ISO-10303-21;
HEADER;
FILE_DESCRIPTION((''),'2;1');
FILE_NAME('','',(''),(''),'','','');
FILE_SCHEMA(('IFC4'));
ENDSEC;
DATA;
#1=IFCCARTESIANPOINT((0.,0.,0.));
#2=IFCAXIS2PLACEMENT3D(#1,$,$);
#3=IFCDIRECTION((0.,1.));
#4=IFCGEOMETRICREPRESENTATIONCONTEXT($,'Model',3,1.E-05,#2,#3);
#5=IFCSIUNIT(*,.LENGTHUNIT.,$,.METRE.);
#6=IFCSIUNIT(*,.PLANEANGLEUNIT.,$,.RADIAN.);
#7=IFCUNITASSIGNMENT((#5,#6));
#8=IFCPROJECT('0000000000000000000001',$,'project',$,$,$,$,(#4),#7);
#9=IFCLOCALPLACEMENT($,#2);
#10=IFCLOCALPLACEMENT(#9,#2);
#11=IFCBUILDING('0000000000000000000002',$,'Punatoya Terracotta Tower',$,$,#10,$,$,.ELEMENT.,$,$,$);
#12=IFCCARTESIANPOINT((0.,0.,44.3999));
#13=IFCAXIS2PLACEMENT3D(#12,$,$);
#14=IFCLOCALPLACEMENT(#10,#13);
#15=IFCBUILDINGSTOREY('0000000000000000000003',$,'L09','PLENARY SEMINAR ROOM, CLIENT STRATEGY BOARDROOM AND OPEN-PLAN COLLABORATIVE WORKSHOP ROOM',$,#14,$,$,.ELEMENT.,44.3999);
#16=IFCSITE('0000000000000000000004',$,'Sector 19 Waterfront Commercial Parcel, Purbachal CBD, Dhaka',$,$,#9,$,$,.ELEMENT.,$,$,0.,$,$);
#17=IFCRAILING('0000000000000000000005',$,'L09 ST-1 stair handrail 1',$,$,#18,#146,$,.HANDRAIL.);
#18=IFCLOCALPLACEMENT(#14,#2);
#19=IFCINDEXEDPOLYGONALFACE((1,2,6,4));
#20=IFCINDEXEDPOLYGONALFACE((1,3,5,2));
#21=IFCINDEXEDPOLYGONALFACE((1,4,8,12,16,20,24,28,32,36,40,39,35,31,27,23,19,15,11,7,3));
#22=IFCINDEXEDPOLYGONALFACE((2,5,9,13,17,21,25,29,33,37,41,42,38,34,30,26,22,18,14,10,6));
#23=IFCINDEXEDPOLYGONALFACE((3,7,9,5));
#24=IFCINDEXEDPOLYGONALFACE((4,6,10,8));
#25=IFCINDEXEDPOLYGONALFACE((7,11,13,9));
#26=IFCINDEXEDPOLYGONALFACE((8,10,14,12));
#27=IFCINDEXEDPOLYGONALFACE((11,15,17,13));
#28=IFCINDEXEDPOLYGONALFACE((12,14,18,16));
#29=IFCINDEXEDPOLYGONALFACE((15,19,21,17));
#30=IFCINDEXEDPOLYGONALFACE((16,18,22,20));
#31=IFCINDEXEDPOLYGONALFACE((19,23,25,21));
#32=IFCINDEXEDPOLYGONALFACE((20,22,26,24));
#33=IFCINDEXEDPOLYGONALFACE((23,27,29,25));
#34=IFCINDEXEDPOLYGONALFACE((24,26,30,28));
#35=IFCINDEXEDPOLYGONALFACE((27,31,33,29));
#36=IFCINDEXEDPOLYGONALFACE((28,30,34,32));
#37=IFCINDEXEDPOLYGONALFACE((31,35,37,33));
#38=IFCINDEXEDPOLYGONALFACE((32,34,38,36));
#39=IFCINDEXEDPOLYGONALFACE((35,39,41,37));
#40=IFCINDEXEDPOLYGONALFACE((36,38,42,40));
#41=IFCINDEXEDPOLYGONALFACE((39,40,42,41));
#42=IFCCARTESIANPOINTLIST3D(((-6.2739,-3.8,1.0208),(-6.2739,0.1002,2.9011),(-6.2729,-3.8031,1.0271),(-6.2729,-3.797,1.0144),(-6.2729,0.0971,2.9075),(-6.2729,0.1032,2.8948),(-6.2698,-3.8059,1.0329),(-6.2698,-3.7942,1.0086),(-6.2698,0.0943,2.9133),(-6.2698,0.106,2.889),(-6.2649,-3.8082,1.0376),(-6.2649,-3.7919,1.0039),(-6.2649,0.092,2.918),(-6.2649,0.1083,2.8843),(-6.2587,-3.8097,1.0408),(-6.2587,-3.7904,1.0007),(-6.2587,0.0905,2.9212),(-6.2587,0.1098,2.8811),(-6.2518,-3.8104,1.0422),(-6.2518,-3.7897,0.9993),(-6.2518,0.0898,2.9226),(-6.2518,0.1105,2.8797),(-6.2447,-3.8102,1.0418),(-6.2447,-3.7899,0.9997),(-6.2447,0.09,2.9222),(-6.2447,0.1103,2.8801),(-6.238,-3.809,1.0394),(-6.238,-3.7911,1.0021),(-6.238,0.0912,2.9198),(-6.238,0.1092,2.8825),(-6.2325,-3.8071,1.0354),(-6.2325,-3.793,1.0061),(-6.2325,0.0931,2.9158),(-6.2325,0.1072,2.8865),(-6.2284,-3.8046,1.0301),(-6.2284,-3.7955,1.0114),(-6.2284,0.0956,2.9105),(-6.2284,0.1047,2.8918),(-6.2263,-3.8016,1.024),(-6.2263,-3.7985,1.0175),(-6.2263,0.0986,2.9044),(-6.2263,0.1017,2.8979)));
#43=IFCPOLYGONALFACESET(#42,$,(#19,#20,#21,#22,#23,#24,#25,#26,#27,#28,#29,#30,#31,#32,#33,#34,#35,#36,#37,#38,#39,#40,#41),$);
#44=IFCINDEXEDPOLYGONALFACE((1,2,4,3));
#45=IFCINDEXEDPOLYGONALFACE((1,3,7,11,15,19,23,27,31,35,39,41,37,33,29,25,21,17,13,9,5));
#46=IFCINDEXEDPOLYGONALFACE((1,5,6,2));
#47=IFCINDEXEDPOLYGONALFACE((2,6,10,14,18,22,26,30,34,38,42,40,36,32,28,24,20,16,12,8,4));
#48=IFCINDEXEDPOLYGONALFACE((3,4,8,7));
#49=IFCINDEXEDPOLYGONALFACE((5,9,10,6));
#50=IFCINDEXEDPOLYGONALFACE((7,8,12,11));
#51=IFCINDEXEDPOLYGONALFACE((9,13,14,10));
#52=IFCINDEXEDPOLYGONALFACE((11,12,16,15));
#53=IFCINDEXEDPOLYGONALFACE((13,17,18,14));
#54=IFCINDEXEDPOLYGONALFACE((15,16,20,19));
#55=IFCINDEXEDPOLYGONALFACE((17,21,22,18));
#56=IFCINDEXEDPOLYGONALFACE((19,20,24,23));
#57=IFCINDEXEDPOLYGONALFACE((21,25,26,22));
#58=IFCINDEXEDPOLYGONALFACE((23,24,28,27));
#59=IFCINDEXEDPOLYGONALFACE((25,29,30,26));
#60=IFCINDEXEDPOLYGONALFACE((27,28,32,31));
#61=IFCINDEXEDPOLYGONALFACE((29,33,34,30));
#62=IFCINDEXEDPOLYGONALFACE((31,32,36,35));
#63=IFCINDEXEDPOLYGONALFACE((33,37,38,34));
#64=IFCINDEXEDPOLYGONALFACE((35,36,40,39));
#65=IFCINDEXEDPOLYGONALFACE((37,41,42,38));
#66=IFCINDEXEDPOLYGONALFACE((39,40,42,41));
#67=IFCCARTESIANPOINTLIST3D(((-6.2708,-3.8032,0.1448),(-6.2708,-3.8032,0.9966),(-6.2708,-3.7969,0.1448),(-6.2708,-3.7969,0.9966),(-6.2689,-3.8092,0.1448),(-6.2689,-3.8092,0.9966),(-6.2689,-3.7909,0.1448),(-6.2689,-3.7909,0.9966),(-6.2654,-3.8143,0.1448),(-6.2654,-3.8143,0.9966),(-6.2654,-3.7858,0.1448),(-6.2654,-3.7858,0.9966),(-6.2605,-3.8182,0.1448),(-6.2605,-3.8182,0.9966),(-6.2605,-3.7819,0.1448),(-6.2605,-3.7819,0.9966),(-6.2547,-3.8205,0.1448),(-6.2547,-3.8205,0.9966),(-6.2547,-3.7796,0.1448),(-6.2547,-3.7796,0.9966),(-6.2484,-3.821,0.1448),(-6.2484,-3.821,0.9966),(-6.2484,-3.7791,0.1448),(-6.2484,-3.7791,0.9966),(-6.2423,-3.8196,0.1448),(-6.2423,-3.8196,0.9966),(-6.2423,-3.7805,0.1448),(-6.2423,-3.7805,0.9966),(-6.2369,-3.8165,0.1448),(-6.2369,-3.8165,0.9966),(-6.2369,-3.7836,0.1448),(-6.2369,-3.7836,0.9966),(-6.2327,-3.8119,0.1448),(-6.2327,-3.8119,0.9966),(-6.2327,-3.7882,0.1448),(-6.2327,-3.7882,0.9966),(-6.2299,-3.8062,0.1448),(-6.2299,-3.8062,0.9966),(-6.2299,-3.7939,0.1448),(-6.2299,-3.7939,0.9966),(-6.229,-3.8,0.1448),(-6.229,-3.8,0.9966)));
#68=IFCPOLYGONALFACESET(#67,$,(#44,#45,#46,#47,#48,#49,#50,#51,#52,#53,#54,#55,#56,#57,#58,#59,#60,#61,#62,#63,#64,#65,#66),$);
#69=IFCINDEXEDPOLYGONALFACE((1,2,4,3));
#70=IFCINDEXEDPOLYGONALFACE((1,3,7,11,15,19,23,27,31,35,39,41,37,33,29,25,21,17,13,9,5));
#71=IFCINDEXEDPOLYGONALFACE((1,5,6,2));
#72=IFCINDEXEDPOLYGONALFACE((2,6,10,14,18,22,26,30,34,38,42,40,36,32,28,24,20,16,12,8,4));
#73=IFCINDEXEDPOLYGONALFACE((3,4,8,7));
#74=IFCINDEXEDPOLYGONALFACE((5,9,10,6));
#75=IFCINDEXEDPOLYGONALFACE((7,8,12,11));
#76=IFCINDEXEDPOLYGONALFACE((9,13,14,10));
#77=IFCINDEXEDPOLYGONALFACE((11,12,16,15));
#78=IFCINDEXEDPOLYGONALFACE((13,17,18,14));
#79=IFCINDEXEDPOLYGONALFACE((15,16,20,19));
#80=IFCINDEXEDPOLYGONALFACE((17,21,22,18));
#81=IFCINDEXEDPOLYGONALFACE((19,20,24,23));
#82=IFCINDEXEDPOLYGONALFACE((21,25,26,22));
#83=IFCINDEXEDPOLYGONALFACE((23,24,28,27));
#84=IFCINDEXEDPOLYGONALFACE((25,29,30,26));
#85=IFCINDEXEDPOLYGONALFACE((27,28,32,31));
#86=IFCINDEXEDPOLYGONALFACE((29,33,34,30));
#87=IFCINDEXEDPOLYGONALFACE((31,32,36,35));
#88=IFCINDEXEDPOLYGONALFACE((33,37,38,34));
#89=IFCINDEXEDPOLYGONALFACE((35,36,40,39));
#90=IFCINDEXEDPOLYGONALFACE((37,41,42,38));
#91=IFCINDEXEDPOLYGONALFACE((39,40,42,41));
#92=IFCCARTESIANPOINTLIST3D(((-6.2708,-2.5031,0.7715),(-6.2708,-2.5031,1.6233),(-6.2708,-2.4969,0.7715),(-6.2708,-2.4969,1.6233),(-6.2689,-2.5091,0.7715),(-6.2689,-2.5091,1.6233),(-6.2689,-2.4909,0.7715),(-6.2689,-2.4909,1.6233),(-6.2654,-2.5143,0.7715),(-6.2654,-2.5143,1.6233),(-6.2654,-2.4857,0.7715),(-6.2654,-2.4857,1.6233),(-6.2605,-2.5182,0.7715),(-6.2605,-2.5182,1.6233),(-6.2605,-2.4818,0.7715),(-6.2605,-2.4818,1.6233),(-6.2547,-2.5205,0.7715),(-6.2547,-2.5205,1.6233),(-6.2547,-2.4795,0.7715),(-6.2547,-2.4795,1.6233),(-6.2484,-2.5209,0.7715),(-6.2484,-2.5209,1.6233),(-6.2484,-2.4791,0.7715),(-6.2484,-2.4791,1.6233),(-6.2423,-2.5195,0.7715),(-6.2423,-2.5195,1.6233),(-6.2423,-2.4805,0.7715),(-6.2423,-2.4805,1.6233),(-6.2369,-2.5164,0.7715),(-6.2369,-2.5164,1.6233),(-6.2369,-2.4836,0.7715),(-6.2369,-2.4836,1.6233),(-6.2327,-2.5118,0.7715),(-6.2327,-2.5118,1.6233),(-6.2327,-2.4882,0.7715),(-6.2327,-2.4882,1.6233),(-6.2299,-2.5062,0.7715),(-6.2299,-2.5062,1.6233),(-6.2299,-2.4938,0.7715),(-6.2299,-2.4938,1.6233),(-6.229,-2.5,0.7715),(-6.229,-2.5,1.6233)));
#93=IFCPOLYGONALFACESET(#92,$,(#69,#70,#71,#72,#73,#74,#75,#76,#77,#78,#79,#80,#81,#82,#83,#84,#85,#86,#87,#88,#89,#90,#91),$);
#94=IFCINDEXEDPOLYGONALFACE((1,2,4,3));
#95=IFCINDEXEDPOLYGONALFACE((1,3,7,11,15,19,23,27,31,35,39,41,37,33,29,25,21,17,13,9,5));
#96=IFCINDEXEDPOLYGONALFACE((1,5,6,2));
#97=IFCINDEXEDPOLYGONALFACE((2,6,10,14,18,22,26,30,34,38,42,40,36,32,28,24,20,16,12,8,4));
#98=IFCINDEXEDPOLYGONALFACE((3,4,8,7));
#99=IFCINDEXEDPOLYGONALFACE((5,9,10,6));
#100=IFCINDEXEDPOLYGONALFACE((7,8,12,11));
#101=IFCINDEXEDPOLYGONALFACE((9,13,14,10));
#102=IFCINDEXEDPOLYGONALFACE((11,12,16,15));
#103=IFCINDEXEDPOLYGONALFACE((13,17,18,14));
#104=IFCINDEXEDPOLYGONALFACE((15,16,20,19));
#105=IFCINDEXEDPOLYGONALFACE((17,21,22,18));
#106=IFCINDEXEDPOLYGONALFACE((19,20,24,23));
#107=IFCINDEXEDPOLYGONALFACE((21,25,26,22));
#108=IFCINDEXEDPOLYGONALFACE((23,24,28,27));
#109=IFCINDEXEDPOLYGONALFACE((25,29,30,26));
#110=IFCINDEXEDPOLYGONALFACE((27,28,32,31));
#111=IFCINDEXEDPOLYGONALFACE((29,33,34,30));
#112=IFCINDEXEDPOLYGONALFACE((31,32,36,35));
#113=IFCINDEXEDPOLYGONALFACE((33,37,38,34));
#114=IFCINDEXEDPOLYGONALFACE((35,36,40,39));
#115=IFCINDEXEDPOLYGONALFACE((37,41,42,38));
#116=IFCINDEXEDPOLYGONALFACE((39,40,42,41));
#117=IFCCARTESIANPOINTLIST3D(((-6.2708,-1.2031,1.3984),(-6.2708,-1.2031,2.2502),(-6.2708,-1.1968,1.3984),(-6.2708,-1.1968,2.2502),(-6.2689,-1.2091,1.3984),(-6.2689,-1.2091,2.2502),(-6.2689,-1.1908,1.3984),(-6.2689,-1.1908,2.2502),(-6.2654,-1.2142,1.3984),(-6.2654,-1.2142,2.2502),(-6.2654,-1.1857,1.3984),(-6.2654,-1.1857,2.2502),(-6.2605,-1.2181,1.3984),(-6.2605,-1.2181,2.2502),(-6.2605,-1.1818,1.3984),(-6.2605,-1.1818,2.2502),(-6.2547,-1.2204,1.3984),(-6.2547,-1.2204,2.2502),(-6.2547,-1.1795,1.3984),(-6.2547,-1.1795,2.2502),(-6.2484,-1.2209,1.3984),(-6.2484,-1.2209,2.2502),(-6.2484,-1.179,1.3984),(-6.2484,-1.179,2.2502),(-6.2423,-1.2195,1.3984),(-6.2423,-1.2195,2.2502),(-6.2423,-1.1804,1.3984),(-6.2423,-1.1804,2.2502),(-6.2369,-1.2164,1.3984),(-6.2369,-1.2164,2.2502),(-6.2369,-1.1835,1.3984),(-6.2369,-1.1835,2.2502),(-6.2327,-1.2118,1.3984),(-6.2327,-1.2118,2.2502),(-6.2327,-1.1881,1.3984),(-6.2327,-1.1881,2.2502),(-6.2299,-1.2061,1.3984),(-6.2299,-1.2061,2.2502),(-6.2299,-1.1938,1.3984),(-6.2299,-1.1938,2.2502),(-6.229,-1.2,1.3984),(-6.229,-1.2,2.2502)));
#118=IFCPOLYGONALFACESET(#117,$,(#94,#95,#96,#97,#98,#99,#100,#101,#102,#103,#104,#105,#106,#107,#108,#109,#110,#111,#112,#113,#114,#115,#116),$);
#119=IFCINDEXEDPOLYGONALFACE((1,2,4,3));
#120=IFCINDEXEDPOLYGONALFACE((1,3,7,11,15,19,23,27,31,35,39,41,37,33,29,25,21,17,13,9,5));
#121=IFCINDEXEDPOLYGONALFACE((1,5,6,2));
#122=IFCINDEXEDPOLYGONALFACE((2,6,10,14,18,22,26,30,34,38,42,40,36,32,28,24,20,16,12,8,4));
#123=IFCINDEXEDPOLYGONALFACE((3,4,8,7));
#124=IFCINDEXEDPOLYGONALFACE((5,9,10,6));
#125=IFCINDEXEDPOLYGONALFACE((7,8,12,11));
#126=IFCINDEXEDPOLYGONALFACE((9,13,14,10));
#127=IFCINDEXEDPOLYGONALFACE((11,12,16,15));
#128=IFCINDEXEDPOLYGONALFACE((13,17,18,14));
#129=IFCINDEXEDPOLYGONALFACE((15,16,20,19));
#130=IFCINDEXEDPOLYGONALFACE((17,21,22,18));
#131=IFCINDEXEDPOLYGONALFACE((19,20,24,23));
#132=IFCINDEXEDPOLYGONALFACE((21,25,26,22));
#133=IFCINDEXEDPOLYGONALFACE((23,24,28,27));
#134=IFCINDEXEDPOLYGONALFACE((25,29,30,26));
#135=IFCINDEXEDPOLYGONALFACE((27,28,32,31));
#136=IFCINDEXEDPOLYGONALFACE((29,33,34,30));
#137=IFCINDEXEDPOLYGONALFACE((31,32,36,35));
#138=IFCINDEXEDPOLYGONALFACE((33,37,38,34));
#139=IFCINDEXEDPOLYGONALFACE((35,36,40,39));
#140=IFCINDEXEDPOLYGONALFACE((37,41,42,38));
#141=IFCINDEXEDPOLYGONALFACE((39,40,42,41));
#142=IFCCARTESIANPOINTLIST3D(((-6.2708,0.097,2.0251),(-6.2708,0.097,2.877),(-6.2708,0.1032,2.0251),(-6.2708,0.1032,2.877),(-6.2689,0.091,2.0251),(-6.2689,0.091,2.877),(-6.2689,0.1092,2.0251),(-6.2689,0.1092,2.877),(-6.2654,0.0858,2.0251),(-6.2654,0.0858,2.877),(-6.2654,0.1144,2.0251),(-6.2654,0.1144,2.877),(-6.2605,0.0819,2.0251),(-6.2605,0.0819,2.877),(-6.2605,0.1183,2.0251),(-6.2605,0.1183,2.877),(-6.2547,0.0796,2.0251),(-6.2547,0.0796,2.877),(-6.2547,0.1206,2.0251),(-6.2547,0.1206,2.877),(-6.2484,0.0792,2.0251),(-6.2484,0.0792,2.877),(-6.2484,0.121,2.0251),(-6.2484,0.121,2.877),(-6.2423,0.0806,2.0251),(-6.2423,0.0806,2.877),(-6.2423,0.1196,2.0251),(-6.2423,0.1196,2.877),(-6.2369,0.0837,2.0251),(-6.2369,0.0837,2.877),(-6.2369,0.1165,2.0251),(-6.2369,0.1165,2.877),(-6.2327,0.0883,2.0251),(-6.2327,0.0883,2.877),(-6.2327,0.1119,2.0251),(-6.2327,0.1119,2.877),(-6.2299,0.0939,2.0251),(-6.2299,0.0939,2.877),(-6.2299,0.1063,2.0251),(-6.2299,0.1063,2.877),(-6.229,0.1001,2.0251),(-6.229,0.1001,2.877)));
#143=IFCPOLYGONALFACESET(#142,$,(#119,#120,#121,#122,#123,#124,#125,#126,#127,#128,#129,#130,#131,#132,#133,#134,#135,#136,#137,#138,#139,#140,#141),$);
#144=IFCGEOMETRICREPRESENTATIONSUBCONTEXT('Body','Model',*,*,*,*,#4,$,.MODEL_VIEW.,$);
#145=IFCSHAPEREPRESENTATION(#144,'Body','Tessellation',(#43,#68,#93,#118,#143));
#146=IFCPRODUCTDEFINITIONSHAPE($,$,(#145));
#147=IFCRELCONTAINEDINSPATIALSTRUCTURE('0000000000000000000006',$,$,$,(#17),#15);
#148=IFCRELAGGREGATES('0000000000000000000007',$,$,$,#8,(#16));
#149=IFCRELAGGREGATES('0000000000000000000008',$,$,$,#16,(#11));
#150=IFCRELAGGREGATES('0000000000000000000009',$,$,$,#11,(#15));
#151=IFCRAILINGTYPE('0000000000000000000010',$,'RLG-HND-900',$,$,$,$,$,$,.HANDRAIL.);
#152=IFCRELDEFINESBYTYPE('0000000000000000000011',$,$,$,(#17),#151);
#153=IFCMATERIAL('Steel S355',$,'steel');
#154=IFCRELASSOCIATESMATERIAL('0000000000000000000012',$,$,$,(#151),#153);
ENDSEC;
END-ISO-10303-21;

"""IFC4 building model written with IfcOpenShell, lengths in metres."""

from ifc_helpers import new_model, si_unit, direction, frame, origin, origin_2d, place, context, subcontext, project, spatial, circle, extrude, material, type_object, element, save


model = new_model("IFC4")

# Units and contexts
model_context = context("Model", 3, precision=1e-05, world=origin(), true_north=direction((0.0, 1.0)))
body_context = subcontext(model_context, "Body", "Model", "MODEL_VIEW")
ifc_project = project(units=[si_unit("LENGTHUNIT", "METRE"), si_unit("PLANEANGLEUNIT", "RADIAN")], contexts=[model_context])

# Site, building, storey
site_placement = place(None, origin())
site = spatial("IfcSite", under=ifc_project, at=site_placement, Name="Sector 19 Waterfront Commercial Parcel, Purbachal CBD, Dhaka", CompositionType="ELEMENT", RefElevation=0.0)
building_placement = place(site_placement, origin())
building = spatial("IfcBuilding", under=site, at=building_placement, Name="Punatoya Terracotta Tower", CompositionType="ELEMENT")
storey_placement = place(building_placement, frame((0.0, 0.0, 44.3999)))
storey = spatial("IfcBuildingStorey", under=building, at=storey_placement, Name="L09", Description="PLENARY SEMINAR ROOM, CLIENT STRATEGY BOARDROOM AND OPEN-PLAN COLLABORATIVE WORKSHOP ROOM", CompositionType="ELEMENT", Elevation=44.3999)

# Shared definitions
ifc_material_1 = material(Name="Steel S355", Category="steel")

# Railing
railing_type_1 = type_object("IfcRailingType", Name="RLG-HND-900", PredefinedType="HANDRAIL", material=ifc_material_1)
railing_1_placement = place(storey_placement, frame((-6.25, -3.8, 0.1448)))
element("IfcRailing", 1, at=railing_1_placement, inside=storey, type_object=railing_type_1, Name="L09 ST-1 stair handrail 1", PredefinedType="HANDRAIL", context=body_context, shape_type="SweptSolid", body=[
    extrude(circle(Radius=0.0239, at=origin_2d()), frame((0.0, 0.0, 0.876), z_axis=(0.0, 0.900774, 0.434289), x_axis=(-1.0, 0.0, 0.0)), (0.0, 0.0, 1.0), 4.3298),
    extrude(circle(Radius=0.021, at=origin_2d()), origin(), (0.0, 0.0, 1.0), 0.8518),
    extrude(circle(Radius=0.021, at=origin_2d()), frame((0.0, 1.3, 0.6267)), (0.0, 0.0, 1.0), 0.8518),
    extrude(circle(Radius=0.021, at=origin_2d()), frame((0.0, 2.6001, 1.2537)), (0.0, 0.0, 1.0), 0.8518),
    extrude(circle(Radius=0.021, at=origin_2d()), frame((0.0, 3.9001, 1.8804)), (0.0, 0.0, 1.0), 0.8518),
])

save(model, "model.ifc")
